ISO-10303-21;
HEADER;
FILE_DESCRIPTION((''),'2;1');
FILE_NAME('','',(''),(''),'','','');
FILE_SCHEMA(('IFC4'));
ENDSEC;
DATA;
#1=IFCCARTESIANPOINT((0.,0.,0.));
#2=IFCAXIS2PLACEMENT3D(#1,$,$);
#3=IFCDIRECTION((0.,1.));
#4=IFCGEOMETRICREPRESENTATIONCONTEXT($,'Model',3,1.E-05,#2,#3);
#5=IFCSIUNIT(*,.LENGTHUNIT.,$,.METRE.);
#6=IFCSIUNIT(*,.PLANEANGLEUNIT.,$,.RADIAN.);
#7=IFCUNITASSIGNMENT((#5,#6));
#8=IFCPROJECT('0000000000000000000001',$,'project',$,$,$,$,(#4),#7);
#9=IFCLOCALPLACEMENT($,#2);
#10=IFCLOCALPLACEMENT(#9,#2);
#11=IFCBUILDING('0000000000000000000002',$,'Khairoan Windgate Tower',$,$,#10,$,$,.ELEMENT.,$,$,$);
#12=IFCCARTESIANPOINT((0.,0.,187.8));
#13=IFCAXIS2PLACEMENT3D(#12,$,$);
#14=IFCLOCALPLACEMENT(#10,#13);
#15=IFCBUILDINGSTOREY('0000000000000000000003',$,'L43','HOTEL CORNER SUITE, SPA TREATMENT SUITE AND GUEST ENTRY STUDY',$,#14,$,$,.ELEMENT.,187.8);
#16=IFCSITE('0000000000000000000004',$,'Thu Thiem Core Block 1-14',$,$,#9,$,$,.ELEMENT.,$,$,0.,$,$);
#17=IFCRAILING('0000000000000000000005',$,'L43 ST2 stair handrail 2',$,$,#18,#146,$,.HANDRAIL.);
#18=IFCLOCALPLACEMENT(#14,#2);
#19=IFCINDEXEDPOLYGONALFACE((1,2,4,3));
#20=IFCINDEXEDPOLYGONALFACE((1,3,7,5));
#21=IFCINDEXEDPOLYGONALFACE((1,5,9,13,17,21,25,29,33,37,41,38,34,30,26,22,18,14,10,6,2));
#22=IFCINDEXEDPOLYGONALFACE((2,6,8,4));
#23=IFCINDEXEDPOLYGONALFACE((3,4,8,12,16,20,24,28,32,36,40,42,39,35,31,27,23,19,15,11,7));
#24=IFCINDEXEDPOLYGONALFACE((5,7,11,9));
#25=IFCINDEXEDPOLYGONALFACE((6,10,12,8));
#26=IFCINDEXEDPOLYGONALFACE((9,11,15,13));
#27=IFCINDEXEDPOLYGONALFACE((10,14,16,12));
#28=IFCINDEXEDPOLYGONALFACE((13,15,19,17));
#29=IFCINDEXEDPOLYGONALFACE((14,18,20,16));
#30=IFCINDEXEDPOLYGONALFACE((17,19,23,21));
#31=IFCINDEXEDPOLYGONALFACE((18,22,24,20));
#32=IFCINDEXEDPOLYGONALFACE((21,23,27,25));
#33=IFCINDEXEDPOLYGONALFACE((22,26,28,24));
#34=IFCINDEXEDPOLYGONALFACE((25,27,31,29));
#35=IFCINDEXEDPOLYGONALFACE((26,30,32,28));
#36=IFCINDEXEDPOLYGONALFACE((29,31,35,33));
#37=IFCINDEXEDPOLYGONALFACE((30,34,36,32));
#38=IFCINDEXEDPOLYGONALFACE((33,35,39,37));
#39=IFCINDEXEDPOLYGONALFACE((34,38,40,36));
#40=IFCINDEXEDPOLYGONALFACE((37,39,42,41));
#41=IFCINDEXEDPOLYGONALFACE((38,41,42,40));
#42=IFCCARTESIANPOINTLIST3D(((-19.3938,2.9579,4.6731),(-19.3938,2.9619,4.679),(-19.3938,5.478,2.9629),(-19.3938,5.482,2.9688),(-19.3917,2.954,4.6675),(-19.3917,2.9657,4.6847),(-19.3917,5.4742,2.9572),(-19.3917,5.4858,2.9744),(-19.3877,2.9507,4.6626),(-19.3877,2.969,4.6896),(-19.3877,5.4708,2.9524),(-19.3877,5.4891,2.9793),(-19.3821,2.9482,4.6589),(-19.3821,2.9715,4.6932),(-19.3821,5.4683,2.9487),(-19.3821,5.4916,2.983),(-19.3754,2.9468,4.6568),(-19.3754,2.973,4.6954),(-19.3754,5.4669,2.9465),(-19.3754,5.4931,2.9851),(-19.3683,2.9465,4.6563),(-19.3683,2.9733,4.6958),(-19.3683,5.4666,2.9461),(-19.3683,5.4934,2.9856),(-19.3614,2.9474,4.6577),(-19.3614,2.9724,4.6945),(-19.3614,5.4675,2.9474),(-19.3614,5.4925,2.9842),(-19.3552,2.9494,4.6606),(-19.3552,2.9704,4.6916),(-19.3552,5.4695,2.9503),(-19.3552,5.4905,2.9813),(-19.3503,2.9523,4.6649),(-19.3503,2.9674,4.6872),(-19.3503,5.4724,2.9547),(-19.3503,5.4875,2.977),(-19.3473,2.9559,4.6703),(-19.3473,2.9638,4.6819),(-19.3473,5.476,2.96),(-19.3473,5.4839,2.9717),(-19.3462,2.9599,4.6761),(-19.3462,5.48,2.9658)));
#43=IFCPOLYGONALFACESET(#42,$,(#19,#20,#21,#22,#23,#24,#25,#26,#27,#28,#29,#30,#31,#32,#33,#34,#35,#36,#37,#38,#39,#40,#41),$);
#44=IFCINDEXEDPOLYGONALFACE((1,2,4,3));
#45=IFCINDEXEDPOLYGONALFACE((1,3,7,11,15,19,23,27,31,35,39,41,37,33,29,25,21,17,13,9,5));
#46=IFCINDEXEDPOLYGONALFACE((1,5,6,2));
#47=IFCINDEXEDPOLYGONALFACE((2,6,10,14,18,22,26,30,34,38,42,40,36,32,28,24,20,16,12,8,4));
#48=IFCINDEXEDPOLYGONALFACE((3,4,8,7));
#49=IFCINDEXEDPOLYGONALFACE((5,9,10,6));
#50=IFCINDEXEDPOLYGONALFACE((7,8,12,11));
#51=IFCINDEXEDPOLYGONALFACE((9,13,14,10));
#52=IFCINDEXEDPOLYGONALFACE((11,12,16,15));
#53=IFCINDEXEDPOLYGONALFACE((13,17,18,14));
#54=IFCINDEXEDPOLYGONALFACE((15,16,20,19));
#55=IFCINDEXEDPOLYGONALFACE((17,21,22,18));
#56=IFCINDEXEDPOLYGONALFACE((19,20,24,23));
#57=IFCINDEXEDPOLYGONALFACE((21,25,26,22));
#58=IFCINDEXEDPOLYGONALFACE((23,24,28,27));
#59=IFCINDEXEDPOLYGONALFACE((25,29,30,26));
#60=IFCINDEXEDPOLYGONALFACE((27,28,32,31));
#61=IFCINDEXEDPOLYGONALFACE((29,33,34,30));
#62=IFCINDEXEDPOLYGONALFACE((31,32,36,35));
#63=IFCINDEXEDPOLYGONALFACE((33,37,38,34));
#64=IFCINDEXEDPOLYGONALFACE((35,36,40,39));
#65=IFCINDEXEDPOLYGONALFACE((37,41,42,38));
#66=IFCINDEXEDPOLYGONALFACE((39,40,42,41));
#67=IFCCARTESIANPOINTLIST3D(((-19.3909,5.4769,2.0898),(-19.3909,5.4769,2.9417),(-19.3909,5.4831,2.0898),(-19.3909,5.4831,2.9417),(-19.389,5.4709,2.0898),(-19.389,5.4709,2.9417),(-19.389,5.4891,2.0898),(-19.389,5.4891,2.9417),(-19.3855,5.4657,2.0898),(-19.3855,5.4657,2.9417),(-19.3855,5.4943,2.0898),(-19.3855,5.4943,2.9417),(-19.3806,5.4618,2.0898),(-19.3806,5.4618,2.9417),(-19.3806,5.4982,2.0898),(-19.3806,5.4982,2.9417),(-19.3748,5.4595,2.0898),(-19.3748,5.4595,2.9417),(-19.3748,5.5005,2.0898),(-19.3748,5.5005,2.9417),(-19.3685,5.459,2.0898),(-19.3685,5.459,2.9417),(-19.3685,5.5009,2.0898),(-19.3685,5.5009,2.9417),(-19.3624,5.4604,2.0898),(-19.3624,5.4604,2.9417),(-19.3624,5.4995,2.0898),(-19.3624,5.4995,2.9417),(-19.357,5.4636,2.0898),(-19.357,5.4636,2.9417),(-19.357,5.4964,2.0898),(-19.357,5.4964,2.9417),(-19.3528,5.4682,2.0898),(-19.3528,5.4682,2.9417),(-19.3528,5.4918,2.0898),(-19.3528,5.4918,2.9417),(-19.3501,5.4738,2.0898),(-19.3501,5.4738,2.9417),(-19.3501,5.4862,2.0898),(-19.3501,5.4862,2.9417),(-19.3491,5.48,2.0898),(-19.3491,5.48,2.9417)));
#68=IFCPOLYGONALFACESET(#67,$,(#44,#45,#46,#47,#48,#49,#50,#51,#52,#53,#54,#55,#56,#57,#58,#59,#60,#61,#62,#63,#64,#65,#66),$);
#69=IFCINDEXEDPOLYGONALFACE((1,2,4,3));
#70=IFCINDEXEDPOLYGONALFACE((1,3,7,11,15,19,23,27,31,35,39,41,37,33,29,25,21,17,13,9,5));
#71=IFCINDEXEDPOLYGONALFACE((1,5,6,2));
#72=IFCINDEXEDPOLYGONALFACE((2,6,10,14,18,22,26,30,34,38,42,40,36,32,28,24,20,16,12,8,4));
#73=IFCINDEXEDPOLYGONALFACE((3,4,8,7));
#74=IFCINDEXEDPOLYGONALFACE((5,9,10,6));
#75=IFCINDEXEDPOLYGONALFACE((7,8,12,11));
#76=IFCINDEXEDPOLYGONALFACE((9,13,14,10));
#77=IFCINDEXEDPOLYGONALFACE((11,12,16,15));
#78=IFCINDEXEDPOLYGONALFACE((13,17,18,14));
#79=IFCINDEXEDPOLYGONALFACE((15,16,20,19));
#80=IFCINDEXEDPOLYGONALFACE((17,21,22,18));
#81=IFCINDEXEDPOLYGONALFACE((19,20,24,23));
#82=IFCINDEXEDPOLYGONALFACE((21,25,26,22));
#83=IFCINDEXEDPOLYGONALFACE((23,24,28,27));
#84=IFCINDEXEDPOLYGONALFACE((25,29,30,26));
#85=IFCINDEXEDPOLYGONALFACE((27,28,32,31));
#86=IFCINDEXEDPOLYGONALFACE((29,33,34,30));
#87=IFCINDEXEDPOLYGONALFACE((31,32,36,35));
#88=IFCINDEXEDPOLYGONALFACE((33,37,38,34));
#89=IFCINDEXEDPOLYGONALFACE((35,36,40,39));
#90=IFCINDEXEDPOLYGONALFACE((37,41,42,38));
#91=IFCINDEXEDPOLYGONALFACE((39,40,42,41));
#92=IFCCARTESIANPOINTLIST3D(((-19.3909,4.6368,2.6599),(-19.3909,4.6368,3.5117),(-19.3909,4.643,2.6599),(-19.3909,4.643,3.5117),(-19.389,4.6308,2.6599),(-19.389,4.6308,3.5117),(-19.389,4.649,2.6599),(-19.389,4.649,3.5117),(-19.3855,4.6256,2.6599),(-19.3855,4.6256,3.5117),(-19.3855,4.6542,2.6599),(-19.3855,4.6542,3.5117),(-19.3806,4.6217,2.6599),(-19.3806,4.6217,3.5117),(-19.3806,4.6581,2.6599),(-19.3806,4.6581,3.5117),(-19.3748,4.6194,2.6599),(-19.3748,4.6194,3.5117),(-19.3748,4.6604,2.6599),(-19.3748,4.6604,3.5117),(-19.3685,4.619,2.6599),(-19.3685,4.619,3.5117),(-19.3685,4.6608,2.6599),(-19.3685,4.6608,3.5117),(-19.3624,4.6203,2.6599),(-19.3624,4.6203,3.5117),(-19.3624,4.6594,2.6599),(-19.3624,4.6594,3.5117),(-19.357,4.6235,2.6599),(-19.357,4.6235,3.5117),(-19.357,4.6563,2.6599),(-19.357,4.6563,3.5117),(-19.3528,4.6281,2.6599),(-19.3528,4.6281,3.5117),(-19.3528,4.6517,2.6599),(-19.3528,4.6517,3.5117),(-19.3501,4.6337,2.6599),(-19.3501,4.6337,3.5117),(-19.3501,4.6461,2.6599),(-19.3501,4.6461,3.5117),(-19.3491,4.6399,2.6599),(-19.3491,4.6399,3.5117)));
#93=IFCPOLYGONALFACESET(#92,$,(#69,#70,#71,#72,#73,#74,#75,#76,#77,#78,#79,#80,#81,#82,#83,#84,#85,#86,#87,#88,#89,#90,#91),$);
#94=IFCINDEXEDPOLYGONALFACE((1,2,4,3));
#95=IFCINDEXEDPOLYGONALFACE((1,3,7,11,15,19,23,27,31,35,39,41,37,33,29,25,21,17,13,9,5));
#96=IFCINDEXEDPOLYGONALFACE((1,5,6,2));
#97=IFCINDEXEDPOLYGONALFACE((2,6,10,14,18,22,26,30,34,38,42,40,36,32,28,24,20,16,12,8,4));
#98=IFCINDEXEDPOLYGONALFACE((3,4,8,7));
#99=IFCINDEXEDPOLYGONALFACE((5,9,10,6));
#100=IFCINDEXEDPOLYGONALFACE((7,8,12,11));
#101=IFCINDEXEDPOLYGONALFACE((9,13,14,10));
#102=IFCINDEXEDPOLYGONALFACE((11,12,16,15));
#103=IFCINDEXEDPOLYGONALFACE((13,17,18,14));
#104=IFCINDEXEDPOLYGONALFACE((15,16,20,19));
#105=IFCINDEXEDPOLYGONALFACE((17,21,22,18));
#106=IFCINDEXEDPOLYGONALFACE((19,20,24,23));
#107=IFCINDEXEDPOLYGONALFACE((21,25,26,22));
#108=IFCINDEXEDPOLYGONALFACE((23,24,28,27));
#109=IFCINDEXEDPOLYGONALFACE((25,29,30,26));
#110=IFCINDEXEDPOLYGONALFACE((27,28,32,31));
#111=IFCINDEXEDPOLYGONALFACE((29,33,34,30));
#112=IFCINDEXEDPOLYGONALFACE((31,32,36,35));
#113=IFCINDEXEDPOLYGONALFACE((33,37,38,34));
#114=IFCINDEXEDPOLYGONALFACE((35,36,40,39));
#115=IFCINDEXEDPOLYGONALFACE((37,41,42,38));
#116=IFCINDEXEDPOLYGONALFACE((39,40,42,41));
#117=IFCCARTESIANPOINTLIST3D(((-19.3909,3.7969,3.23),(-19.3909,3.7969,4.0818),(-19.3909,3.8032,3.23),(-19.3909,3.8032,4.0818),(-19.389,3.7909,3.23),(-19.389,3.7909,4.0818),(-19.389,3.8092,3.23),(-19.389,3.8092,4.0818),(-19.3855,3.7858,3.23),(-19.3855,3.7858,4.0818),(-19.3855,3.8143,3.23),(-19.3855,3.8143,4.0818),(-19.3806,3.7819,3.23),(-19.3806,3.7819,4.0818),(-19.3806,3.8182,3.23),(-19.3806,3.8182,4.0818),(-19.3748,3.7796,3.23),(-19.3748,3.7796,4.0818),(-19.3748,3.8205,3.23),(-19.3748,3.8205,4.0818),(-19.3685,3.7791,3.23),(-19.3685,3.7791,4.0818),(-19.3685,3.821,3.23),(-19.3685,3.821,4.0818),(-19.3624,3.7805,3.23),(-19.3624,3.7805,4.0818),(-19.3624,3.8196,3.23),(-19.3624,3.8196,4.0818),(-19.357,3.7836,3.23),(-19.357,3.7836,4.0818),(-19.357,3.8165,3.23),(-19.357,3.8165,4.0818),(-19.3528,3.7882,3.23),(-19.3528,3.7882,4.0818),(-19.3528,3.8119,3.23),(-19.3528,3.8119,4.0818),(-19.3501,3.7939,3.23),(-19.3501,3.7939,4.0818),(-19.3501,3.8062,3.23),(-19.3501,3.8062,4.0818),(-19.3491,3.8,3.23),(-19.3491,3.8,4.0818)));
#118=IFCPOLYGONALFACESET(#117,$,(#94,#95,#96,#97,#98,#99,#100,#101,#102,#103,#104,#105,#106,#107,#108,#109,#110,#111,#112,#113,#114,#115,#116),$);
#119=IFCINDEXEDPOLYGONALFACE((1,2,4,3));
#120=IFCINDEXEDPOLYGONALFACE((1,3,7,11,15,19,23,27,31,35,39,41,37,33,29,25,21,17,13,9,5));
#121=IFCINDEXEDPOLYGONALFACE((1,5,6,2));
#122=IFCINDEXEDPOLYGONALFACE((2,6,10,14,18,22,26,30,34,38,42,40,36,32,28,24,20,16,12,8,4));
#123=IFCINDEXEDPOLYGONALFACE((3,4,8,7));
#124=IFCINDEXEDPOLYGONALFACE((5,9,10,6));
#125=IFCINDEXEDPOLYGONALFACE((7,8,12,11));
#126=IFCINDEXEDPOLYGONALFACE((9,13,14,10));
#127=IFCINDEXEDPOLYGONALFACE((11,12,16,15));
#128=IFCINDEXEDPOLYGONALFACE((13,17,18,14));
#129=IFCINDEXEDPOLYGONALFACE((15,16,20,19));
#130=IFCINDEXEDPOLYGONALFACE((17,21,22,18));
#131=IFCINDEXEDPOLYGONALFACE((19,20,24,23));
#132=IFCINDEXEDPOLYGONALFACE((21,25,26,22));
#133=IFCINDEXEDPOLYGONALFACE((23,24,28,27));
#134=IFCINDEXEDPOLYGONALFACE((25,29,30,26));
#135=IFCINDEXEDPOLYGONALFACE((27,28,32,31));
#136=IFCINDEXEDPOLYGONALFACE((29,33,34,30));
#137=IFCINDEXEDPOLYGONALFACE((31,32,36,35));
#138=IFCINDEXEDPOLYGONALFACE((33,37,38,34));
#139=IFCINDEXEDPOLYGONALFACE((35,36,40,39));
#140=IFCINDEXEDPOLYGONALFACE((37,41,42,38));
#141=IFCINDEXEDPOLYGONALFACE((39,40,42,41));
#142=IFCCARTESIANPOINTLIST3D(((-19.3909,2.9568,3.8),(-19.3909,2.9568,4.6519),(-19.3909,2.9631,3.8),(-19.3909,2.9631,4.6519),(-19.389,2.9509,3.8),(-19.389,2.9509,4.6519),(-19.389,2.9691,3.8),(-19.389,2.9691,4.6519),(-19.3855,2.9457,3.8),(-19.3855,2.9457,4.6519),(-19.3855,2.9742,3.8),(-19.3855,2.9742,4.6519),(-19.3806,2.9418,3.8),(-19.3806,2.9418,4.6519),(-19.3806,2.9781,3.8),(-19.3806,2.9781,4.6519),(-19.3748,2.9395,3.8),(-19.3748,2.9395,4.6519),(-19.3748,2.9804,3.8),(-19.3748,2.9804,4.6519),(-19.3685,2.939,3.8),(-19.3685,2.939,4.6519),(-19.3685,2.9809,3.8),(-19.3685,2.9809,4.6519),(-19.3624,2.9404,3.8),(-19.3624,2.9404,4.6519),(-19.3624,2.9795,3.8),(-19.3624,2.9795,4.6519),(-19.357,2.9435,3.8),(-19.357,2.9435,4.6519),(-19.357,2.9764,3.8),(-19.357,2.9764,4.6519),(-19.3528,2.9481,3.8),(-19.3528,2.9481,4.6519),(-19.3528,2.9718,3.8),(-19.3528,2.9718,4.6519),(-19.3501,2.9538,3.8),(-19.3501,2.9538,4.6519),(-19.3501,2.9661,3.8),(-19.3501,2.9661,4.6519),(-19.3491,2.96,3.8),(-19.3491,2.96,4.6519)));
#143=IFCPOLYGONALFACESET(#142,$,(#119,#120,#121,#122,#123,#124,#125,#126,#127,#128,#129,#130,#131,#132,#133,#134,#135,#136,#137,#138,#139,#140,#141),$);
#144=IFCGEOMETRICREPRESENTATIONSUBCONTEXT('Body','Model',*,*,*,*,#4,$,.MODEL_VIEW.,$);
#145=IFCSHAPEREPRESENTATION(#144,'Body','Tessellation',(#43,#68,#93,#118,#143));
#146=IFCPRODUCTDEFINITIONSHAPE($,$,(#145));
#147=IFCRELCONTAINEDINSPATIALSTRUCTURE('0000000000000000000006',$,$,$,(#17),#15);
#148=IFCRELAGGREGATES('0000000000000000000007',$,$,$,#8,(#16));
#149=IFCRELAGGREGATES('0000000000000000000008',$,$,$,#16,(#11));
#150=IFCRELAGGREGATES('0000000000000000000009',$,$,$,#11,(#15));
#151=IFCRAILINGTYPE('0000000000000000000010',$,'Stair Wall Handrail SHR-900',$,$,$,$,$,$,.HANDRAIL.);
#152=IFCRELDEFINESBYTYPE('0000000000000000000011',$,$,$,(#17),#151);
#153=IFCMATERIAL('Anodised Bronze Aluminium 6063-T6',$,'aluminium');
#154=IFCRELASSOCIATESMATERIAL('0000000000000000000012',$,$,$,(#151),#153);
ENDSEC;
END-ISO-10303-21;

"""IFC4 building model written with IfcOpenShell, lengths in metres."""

from ifc_helpers import new_model, si_unit, direction, frame, origin, origin_2d, place, context, subcontext, project, spatial, circle, extrude, material, type_object, element, save


model = new_model("IFC4")

# Units and contexts
model_context = context("Model", 3, precision=1e-05, world=origin(), true_north=direction((0.0, 1.0)))
body_context = subcontext(model_context, "Body", "Model", "MODEL_VIEW")
ifc_project = project(units=[si_unit("LENGTHUNIT", "METRE"), si_unit("PLANEANGLEUNIT", "RADIAN")], contexts=[model_context])

# Site, building, storey
site_placement = place(None, origin())
site = spatial("IfcSite", under=ifc_project, at=site_placement, Name="Thu Thiem Core Block 1-14", CompositionType="ELEMENT", RefElevation=0.0)
building_placement = place(site_placement, origin())
building = spatial("IfcBuilding", under=site, at=building_placement, Name="Khairoan Windgate Tower", CompositionType="ELEMENT")
storey_placement = place(building_placement, frame((0.0, 0.0, 187.8)))
storey = spatial("IfcBuildingStorey", under=building, at=storey_placement, Name="L43", Description="HOTEL CORNER SUITE, SPA TREATMENT SUITE AND GUEST ENTRY STUDY", CompositionType="ELEMENT", Elevation=187.8)

# Railing
ifc_material_1 = material(Name="Anodised Bronze Aluminium 6063-T6", Category="aluminium")
railing_type_1 = type_object("IfcRailingType", Name="Stair Wall Handrail SHR-900", PredefinedType="HANDRAIL", material=ifc_material_1)
railing_1_placement = place(storey_placement, frame((-19.3701, 5.48, 2.0898)))
element("IfcRailing", 1, at=railing_1_placement, inside=storey, type_object=railing_type_1, Name="L43 ST2 stair handrail 2", PredefinedType="HANDRAIL", context=body_context, shape_type="SweptSolid", body=[
    extrude(circle(Radius=0.0239, at=origin_2d()), frame((0.0, 0.0, 0.876), z_axis=(0.0, -0.827447, 0.561545), x_axis=(1.0, 0.0, 0.0)), (0.0, 0.0, 1.0), 3.0457),
    extrude(circle(Radius=0.021, at=origin_2d()), origin(), (0.0, 0.0, 1.0), 0.8518),
    extrude(circle(Radius=0.021, at=origin_2d()), frame((0.0, -0.8401, 0.5701)), (0.0, 0.0, 1.0), 0.8518),
    extrude(circle(Radius=0.021, at=origin_2d()), frame((0.0, -1.6799, 1.1401)), (0.0, 0.0, 1.0), 0.8518),
    extrude(circle(Radius=0.021, at=origin_2d()), frame((0.0, -2.52, 1.7102)), (0.0, 0.0, 1.0), 0.8518),
])

save(model, "model.ifc")
